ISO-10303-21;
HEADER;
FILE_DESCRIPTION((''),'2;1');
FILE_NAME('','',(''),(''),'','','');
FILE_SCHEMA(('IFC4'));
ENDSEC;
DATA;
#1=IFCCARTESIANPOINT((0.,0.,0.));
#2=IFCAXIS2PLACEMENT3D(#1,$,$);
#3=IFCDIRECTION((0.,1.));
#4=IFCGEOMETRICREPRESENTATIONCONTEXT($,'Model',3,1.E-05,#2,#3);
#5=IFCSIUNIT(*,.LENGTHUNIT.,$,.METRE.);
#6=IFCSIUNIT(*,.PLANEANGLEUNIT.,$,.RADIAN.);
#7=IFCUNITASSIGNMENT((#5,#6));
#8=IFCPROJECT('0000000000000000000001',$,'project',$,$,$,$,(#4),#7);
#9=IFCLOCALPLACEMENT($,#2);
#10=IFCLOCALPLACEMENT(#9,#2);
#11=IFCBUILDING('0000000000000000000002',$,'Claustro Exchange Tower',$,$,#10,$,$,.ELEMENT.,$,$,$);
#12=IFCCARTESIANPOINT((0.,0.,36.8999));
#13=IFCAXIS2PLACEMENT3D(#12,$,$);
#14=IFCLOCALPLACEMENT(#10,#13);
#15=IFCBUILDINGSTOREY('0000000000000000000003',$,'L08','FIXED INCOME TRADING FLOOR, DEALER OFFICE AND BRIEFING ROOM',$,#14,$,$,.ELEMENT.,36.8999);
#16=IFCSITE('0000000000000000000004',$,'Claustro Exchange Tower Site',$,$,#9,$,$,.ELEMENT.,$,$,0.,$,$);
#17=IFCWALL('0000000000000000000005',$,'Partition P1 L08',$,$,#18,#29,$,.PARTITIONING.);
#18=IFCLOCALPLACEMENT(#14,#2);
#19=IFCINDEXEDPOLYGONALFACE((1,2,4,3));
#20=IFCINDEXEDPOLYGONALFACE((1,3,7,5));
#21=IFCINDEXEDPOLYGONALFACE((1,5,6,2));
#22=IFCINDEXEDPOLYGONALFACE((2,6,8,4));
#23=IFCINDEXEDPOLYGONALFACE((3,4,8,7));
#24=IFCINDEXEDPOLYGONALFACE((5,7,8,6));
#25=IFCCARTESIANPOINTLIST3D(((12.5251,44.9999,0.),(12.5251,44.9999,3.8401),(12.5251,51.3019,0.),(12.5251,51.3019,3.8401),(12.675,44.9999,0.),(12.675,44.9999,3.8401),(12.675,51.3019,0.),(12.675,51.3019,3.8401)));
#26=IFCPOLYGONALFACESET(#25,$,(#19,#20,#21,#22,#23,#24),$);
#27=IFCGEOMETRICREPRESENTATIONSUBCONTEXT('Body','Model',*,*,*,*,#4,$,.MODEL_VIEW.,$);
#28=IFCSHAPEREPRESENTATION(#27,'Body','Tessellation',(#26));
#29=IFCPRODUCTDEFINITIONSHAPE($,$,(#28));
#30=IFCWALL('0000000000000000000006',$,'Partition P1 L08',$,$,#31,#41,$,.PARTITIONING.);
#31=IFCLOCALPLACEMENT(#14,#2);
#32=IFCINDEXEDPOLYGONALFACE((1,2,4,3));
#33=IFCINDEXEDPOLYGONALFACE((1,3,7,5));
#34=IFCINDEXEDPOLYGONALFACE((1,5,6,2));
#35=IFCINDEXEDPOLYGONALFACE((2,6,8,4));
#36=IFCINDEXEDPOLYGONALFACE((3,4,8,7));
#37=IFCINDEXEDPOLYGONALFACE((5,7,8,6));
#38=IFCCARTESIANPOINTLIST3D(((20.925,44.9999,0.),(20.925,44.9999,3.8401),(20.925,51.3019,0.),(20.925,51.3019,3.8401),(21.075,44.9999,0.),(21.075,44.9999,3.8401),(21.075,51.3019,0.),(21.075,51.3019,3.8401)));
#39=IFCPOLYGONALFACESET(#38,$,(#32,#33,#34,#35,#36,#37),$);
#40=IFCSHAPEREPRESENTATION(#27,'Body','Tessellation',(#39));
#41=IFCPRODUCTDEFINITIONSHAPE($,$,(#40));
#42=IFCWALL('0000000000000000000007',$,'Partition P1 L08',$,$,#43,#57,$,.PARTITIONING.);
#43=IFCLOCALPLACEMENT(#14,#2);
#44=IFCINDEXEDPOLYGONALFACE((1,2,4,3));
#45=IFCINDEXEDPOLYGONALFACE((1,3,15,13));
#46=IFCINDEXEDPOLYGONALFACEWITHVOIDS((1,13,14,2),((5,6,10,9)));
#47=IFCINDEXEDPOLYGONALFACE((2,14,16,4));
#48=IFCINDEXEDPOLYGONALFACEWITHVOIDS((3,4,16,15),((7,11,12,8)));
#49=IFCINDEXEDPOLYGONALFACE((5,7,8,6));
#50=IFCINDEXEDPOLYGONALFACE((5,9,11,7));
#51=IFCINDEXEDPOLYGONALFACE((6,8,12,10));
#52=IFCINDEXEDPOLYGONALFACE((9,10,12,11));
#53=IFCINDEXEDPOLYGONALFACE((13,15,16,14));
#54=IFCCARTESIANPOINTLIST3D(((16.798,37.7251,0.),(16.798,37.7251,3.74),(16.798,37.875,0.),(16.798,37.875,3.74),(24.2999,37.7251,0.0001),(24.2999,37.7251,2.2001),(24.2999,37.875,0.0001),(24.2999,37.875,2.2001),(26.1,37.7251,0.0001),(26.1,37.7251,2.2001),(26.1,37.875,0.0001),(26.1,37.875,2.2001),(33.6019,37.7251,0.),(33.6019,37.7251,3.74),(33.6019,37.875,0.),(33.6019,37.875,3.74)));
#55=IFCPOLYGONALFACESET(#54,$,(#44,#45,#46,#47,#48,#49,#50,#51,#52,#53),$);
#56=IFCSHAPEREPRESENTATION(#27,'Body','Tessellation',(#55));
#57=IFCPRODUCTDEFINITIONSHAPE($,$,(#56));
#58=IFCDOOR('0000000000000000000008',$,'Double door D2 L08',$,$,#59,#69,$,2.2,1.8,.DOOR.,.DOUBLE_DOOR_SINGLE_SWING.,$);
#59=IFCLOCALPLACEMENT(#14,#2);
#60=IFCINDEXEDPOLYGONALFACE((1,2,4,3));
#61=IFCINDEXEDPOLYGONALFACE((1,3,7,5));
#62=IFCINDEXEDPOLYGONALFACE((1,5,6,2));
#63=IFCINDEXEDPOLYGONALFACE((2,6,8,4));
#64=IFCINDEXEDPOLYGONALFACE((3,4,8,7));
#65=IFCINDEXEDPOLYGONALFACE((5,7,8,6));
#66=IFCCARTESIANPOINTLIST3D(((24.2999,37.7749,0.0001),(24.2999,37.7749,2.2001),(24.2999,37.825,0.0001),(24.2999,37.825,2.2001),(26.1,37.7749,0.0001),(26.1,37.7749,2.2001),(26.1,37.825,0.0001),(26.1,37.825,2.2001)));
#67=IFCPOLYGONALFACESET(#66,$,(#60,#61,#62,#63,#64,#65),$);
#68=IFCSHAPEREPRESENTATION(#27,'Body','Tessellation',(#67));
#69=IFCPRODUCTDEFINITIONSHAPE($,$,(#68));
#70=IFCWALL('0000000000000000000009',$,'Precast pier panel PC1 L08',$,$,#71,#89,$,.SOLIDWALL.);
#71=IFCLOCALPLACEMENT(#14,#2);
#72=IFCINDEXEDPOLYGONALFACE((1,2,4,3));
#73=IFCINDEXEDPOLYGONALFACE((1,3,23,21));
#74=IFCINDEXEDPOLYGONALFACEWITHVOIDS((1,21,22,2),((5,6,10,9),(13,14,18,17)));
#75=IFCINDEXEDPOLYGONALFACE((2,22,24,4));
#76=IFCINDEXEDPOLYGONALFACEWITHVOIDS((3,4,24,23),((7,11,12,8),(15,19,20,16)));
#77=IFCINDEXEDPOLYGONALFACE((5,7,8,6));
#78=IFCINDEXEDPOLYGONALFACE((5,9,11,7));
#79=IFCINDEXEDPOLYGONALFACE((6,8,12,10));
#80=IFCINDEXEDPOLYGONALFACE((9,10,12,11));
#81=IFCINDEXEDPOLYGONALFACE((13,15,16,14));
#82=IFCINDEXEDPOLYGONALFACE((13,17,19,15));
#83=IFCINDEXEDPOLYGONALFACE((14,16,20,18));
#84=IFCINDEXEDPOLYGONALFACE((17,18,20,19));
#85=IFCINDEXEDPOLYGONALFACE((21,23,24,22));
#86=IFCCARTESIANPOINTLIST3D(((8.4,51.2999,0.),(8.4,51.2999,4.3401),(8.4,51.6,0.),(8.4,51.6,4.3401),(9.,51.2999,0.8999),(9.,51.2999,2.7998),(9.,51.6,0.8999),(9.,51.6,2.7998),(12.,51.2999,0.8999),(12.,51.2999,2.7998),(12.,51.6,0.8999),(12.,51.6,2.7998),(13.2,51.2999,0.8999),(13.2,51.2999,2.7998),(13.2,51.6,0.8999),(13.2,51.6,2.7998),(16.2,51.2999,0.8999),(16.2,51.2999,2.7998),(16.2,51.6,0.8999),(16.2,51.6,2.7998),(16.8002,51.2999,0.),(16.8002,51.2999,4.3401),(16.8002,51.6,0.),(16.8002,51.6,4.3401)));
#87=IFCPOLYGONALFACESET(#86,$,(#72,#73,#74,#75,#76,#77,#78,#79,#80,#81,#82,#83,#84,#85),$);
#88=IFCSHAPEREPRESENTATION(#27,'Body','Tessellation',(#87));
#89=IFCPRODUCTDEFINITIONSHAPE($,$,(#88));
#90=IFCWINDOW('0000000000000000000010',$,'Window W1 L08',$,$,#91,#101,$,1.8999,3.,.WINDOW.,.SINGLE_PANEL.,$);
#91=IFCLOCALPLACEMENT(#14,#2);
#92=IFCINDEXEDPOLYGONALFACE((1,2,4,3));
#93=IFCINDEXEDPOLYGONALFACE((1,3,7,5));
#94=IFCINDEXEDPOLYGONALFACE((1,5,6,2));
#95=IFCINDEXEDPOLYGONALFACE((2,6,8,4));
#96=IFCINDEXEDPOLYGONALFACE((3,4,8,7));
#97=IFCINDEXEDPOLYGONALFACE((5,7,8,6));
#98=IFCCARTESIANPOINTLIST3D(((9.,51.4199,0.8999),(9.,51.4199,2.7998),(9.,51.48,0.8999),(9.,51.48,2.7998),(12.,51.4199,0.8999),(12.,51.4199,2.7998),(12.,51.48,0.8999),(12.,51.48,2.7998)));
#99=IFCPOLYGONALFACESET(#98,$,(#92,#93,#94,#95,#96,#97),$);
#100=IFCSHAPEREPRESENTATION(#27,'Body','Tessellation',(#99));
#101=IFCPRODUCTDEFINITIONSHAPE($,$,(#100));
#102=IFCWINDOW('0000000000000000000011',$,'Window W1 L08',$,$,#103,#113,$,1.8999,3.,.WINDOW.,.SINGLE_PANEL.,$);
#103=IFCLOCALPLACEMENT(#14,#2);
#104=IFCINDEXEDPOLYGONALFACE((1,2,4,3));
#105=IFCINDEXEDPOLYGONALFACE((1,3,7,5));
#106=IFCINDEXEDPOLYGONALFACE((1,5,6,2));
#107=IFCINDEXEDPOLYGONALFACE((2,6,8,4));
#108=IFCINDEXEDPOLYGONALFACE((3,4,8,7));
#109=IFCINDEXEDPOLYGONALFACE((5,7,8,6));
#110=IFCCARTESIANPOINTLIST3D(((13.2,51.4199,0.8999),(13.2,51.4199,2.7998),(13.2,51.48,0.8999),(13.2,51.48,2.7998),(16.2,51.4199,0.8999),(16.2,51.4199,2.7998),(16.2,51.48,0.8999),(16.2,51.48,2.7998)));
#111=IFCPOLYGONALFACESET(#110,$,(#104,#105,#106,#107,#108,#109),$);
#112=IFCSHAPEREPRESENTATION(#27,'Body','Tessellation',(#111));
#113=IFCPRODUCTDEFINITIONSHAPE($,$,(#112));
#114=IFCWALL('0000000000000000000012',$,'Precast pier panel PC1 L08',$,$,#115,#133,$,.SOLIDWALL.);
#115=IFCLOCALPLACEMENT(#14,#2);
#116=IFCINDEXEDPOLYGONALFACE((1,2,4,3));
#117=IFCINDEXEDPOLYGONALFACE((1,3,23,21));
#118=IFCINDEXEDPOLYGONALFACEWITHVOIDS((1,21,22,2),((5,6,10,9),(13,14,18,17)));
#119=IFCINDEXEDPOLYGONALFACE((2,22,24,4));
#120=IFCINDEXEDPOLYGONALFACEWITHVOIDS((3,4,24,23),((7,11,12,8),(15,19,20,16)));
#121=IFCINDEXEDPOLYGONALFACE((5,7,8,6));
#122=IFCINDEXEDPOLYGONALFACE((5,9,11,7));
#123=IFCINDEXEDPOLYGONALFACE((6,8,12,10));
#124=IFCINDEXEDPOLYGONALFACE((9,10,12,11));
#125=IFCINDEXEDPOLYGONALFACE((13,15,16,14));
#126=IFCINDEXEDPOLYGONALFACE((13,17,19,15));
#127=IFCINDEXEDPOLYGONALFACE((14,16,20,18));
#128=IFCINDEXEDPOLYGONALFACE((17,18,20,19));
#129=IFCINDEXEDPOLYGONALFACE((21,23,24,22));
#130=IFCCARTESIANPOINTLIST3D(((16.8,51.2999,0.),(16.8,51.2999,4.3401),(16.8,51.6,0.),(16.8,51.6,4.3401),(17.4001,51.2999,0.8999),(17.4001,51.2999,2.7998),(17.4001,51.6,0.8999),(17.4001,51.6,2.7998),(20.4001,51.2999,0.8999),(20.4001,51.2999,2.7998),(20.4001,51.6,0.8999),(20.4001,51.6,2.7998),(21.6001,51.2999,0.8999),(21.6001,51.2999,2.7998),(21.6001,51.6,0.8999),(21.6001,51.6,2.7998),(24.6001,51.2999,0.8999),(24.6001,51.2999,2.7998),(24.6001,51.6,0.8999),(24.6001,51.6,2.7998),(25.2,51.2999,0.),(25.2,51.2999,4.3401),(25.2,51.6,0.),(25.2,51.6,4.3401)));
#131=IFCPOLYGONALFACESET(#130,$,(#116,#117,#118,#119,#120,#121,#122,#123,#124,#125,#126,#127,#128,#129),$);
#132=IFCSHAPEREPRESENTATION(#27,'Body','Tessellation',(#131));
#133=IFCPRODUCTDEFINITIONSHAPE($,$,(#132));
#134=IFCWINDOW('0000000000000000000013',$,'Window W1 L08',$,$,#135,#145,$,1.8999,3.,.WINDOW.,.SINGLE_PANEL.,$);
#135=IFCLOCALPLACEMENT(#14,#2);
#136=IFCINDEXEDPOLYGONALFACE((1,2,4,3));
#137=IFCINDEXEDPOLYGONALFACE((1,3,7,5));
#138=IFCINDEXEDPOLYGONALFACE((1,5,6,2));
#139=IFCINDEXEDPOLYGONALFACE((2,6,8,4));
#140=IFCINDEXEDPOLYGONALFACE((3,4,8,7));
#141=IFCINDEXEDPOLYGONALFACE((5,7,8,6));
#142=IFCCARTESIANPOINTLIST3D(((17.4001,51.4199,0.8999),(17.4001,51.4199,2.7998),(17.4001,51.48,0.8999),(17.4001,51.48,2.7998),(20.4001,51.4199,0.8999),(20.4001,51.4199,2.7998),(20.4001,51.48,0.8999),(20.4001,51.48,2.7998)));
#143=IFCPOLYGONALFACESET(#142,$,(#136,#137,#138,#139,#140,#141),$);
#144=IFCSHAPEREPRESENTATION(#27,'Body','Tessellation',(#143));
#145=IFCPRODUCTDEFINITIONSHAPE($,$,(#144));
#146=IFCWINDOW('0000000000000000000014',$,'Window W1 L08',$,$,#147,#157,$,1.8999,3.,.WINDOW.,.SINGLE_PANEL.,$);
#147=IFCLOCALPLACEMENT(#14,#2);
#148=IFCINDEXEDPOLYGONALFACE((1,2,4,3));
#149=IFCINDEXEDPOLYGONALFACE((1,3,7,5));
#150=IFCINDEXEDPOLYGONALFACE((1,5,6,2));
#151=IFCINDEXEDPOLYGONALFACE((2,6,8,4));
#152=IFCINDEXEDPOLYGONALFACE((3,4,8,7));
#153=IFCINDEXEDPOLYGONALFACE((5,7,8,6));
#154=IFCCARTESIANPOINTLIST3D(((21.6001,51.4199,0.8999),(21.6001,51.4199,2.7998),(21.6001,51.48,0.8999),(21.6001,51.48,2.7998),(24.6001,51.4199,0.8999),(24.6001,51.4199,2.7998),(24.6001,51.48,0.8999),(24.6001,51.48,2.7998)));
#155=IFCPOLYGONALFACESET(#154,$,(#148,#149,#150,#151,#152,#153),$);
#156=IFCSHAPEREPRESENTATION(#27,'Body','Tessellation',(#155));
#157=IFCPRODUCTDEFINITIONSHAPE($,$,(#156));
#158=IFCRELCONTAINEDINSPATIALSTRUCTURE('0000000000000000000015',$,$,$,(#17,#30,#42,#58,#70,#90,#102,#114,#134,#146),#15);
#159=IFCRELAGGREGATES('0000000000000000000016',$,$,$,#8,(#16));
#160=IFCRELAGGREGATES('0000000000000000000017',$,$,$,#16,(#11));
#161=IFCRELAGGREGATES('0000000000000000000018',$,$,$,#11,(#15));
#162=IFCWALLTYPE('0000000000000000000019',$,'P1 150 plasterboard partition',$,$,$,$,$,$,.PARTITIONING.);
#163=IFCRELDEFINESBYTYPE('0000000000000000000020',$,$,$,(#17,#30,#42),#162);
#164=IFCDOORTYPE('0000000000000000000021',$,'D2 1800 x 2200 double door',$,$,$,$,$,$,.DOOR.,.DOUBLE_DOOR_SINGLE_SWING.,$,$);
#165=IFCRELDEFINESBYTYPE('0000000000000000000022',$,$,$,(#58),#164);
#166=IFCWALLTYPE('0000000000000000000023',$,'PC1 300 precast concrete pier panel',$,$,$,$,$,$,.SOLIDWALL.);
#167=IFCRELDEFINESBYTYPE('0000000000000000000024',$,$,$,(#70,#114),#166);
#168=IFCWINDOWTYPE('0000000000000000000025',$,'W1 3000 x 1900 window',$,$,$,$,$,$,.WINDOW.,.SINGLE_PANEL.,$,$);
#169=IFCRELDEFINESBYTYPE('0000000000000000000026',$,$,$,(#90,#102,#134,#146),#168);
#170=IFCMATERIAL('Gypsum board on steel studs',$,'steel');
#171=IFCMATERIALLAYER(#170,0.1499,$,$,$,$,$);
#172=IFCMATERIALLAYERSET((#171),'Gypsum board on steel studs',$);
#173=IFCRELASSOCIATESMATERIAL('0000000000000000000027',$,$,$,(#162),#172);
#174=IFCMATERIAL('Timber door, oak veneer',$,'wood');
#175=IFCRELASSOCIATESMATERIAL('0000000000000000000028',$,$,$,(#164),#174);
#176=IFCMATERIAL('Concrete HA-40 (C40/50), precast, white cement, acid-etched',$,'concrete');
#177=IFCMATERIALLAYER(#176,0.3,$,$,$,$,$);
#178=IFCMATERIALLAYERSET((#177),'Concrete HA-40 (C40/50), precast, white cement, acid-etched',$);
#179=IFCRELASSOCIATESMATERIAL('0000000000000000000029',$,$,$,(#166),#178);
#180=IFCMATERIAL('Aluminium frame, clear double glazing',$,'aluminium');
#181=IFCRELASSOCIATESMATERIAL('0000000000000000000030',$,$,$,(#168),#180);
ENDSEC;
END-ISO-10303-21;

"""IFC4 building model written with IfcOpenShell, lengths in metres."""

from ifc_helpers import new_model, si_unit, direction, frame, frame_2d, origin, place, context, subcontext, project, spatial, rectangle, extrude, material, layer, layer_set, type_object, element, fill, save


model = new_model("IFC4")

# Units and contexts
model_context = context("Model", 3, precision=1e-05, world=origin(), true_north=direction((0.0, 1.0)))
body_context = subcontext(model_context, "Body", "Model", "MODEL_VIEW")
ifc_project = project(units=[si_unit("LENGTHUNIT", "METRE"), si_unit("PLANEANGLEUNIT", "RADIAN")], contexts=[model_context])

# Site, building, storey
site_placement = place(None, origin())
site = spatial("IfcSite", under=ifc_project, at=site_placement, Name="Claustro Exchange Tower Site", CompositionType="ELEMENT", RefElevation=0.0)
building_placement = place(site_placement, origin())
building = spatial("IfcBuilding", under=site, at=building_placement, Name="Claustro Exchange Tower", CompositionType="ELEMENT")
storey_placement = place(building_placement, frame((0.0, 0.0, 36.8999)))
storey = spatial("IfcBuildingStorey", under=building, at=storey_placement, Name="L08", Description="FIXED INCOME TRADING FLOOR, DEALER OFFICE AND BRIEFING ROOM", CompositionType="ELEMENT", Elevation=36.8999)

# Shared definitions
ifc_material_1 = material(Name="Gypsum board on steel studs", Category="steel")
ifc_layer_1 = layer(ifc_material_1, 0.1499)
ifc_layer_set_1 = layer_set([ifc_layer_1], Name="Gypsum board on steel studs")
wall_type_1 = type_object("IfcWallType", Name="P1 150 plasterboard partition", PredefinedType="PARTITIONING", material=ifc_layer_set_1)
ifc_material_2 = material(Name="Timber door, oak veneer", Category="wood")
door_type = type_object("IfcDoorType", Name="D2 1800 x 2200 double door", OperationType="DOUBLE_DOOR_SINGLE_SWING", PredefinedType="DOOR", material=ifc_material_2)

# Walls
for number, where, z_axis, x_axis, name in (
    (1, (12.6001, 45.0, 0.0), (0.0, 0.0, 1.0), (0.0, 1.0, 0.0), "Partition P1 L08"),
    (2, (21.0, 45.0, 0.0), (0.0, 0.0, 1.0), (0.0, 1.0, 0.0), "Partition P1 L08"),
):
    element("IfcWall", number, at=place(storey_placement, frame(where, z_axis=z_axis, x_axis=x_axis)), inside=storey, type_object=wall_type_1, Name=name, PredefinedType="PARTITIONING", context=body_context, shape_type="SweptSolid", body=[
        extrude(rectangle(XDim=6.302, YDim=0.1499, at=frame_2d((3.1509, 0.0))), origin(), (0.0, 0.0, 1.0), 3.8401),
    ])

# Wall, opening, door
wall_1_placement = place(storey_placement, frame((16.7981, 37.8, 0.0), z_axis=(0.0, 0.0, 1.0), x_axis=(1.0, 0.0, 0.0)))
wall_1 = element("IfcWall", 3, at=wall_1_placement, inside=storey, type_object=wall_type_1, Name="Partition P1 L08", PredefinedType="PARTITIONING", context=body_context, shape_type="SweptSolid", body=[
    extrude(rectangle(XDim=16.804, YDim=0.1499, at=frame_2d((8.4019, 0.0))), origin(), (0.0, 0.0, 1.0), 3.74),
])
opening_1_placement = place(wall_1_placement, frame((7.502, 0.0, 0.0)))
opening_1 = element("IfcOpeningElement", 4, at=opening_1_placement, cuts=wall_1, PredefinedType="OPENING", context=body_context, shape_type="SweptSolid", body=[
    extrude(rectangle(XDim=1.8, YDim=2.2, at=frame_2d((0.8999, 1.1001))), frame((0.0, 0.085, 0.0), z_axis=(0.0, -1.0, 0.0), x_axis=(1.0, 0.0, 0.0)), (0.0, 0.0, 1.0), 0.1699),
])
door_1_placement = place(opening_1_placement, origin())
door_1 = element("IfcDoor", 5, at=door_1_placement, inside=storey, type_object=door_type, Name="Double door D2 L08", OperationType="DOUBLE_DOOR_SINGLE_SWING", OverallHeight=2.2, OverallWidth=1.8, PredefinedType="DOOR", context=body_context, shape_type="SweptSolid", body=[
    extrude(rectangle(XDim=1.8, YDim=2.2, at=frame_2d((0.8999, 1.1001))), frame((0.0, 0.0249, 0.0), z_axis=(0.0, -1.0, 0.0), x_axis=(1.0, 0.0, 0.0)), (0.0, 0.0, 1.0), 0.05),
])
fill(opening_1, door_1)

# Walls, openings, windows
ifc_material_3 = material(Name="Concrete HA-40 (C40/50), precast, white cement, acid-etched", Category="concrete")
ifc_layer_2 = layer(ifc_material_3, 0.3)
ifc_layer_set_2 = layer_set([ifc_layer_2], Name="Concrete HA-40 (C40/50), precast, white cement, acid-etched")
wall_type_2 = type_object("IfcWallType", Name="PC1 300 precast concrete pier panel", PredefinedType="SOLIDWALL", material=ifc_layer_set_2)
wall_2_placement = place(storey_placement, frame((8.3999, 51.45, 0.0), z_axis=(0.0, 0.0, 1.0), x_axis=(1.0, 0.0, 0.0)))
wall_2 = element("IfcWall", 6, at=wall_2_placement, inside=storey, type_object=wall_type_2, Name="Precast pier panel PC1 L08", PredefinedType="SOLIDWALL", context=body_context, shape_type="SweptSolid", body=[
    extrude(rectangle(XDim=8.4001, YDim=0.3, at=frame_2d((4.2002, 0.0))), origin(), (0.0, 0.0, 1.0), 4.3401),
])
opening_2_placement = place(wall_2_placement, frame((0.6001, 0.0, 0.8999)))
opening_2 = element("IfcOpeningElement", 7, at=opening_2_placement, cuts=wall_2, PredefinedType="OPENING", context=body_context, shape_type="SweptSolid", body=[
    extrude(rectangle(XDim=3.0, YDim=1.8999, at=frame_2d((1.5, 0.95))), frame((0.0, 0.1599, 0.0), z_axis=(0.0, -1.0, 0.0), x_axis=(1.0, 0.0, 0.0)), (0.0, 0.0, 1.0), 0.3201),
])
opening_3_placement = place(wall_2_placement, frame((4.8, 0.0, 0.8999)))
opening_3 = element("IfcOpeningElement", 8, at=opening_3_placement, cuts=wall_2, PredefinedType="OPENING", context=body_context, shape_type="SweptSolid", body=[
    extrude(rectangle(XDim=3.0, YDim=1.8999, at=frame_2d((1.5, 0.95))), frame((0.0, 0.1599, 0.0), z_axis=(0.0, -1.0, 0.0), x_axis=(1.0, 0.0, 0.0)), (0.0, 0.0, 1.0), 0.3201),
])
ifc_material_4 = material(Name="Aluminium frame, clear double glazing", Category="aluminium")
window_type = type_object("IfcWindowType", Name="W1 3000 x 1900 window", PartitioningType="SINGLE_PANEL", PredefinedType="WINDOW", material=ifc_material_4)
window_1_placement = place(opening_2_placement, origin())
window_1 = element("IfcWindow", 9, at=window_1_placement, inside=storey, type_object=window_type, Name="Window W1 L08", OverallHeight=1.8999, OverallWidth=3.0, PartitioningType="SINGLE_PANEL", PredefinedType="WINDOW", context=body_context, shape_type="SweptSolid", body=[
    extrude(rectangle(XDim=3.0, YDim=1.8999, at=frame_2d((1.5, 0.95))), frame((0.0, 0.03, 0.0), z_axis=(0.0, -1.0, 0.0), x_axis=(1.0, 0.0, 0.0)), (0.0, 0.0, 1.0), 0.0601),
])
fill(opening_2, window_1)
window_2_placement = place(opening_3_placement, origin())
window_2 = element("IfcWindow", 10, at=window_2_placement, inside=storey, type_object=window_type, Name="Window W1 L08", OverallHeight=1.8999, OverallWidth=3.0, PartitioningType="SINGLE_PANEL", PredefinedType="WINDOW", context=body_context, shape_type="SweptSolid", body=[
    extrude(rectangle(XDim=3.0, YDim=1.8999, at=frame_2d((1.5, 0.95))), frame((0.0, 0.03, 0.0), z_axis=(0.0, -1.0, 0.0), x_axis=(1.0, 0.0, 0.0)), (0.0, 0.0, 1.0), 0.0601),
])
fill(opening_3, window_2)
wall_3_placement = place(storey_placement, frame((16.8, 51.45, 0.0), z_axis=(0.0, 0.0, 1.0), x_axis=(1.0, 0.0, 0.0)))
wall_3 = element("IfcWall", 11, at=wall_3_placement, inside=storey, type_object=wall_type_2, Name="Precast pier panel PC1 L08", PredefinedType="SOLIDWALL", context=body_context, shape_type="SweptSolid", body=[
    extrude(rectangle(XDim=8.3999, YDim=0.3, at=frame_2d((4.2, 0.0))), origin(), (0.0, 0.0, 1.0), 4.3401),
])
opening_4_placement = place(wall_3_placement, frame((0.6001, 0.0, 0.8999)))
opening_4 = element("IfcOpeningElement", 12, at=opening_4_placement, cuts=wall_3, PredefinedType="OPENING", context=body_context, shape_type="SweptSolid", body=[
    extrude(rectangle(XDim=3.0, YDim=1.8999, at=frame_2d((1.5, 0.95))), frame((0.0, 0.1599, 0.0), z_axis=(0.0, -1.0, 0.0), x_axis=(1.0, 0.0, 0.0)), (0.0, 0.0, 1.0), 0.3201),
])
opening_5_placement = place(wall_3_placement, frame((4.8, 0.0, 0.8999)))
opening_5 = element("IfcOpeningElement", 13, at=opening_5_placement, cuts=wall_3, PredefinedType="OPENING", context=body_context, shape_type="SweptSolid", body=[
    extrude(rectangle(XDim=3.0, YDim=1.8999, at=frame_2d((1.5, 0.95))), frame((0.0, 0.1599, 0.0), z_axis=(0.0, -1.0, 0.0), x_axis=(1.0, 0.0, 0.0)), (0.0, 0.0, 1.0), 0.3201),
])
window_3_placement = place(opening_4_placement, origin())
window_3 = element("IfcWindow", 14, at=window_3_placement, inside=storey, type_object=window_type, Name="Window W1 L08", OverallHeight=1.8999, OverallWidth=3.0, PartitioningType="SINGLE_PANEL", PredefinedType="WINDOW", context=body_context, shape_type="SweptSolid", body=[
    extrude(rectangle(XDim=3.0, YDim=1.8999, at=frame_2d((1.5, 0.95))), frame((0.0, 0.03, 0.0), z_axis=(0.0, -1.0, 0.0), x_axis=(1.0, 0.0, 0.0)), (0.0, 0.0, 1.0), 0.0601),
])
fill(opening_4, window_3)
window_4_placement = place(opening_5_placement, origin())
window_4 = element("IfcWindow", 15, at=window_4_placement, inside=storey, type_object=window_type, Name="Window W1 L08", OverallHeight=1.8999, OverallWidth=3.0, PartitioningType="SINGLE_PANEL", PredefinedType="WINDOW", context=body_context, shape_type="SweptSolid", body=[
    extrude(rectangle(XDim=3.0, YDim=1.8999, at=frame_2d((1.5, 0.95))), frame((0.0, 0.03, 0.0), z_axis=(0.0, -1.0, 0.0), x_axis=(1.0, 0.0, 0.0)), (0.0, 0.0, 1.0), 0.0601),
])
fill(opening_5, window_4)

save(model, "model.ifc")
